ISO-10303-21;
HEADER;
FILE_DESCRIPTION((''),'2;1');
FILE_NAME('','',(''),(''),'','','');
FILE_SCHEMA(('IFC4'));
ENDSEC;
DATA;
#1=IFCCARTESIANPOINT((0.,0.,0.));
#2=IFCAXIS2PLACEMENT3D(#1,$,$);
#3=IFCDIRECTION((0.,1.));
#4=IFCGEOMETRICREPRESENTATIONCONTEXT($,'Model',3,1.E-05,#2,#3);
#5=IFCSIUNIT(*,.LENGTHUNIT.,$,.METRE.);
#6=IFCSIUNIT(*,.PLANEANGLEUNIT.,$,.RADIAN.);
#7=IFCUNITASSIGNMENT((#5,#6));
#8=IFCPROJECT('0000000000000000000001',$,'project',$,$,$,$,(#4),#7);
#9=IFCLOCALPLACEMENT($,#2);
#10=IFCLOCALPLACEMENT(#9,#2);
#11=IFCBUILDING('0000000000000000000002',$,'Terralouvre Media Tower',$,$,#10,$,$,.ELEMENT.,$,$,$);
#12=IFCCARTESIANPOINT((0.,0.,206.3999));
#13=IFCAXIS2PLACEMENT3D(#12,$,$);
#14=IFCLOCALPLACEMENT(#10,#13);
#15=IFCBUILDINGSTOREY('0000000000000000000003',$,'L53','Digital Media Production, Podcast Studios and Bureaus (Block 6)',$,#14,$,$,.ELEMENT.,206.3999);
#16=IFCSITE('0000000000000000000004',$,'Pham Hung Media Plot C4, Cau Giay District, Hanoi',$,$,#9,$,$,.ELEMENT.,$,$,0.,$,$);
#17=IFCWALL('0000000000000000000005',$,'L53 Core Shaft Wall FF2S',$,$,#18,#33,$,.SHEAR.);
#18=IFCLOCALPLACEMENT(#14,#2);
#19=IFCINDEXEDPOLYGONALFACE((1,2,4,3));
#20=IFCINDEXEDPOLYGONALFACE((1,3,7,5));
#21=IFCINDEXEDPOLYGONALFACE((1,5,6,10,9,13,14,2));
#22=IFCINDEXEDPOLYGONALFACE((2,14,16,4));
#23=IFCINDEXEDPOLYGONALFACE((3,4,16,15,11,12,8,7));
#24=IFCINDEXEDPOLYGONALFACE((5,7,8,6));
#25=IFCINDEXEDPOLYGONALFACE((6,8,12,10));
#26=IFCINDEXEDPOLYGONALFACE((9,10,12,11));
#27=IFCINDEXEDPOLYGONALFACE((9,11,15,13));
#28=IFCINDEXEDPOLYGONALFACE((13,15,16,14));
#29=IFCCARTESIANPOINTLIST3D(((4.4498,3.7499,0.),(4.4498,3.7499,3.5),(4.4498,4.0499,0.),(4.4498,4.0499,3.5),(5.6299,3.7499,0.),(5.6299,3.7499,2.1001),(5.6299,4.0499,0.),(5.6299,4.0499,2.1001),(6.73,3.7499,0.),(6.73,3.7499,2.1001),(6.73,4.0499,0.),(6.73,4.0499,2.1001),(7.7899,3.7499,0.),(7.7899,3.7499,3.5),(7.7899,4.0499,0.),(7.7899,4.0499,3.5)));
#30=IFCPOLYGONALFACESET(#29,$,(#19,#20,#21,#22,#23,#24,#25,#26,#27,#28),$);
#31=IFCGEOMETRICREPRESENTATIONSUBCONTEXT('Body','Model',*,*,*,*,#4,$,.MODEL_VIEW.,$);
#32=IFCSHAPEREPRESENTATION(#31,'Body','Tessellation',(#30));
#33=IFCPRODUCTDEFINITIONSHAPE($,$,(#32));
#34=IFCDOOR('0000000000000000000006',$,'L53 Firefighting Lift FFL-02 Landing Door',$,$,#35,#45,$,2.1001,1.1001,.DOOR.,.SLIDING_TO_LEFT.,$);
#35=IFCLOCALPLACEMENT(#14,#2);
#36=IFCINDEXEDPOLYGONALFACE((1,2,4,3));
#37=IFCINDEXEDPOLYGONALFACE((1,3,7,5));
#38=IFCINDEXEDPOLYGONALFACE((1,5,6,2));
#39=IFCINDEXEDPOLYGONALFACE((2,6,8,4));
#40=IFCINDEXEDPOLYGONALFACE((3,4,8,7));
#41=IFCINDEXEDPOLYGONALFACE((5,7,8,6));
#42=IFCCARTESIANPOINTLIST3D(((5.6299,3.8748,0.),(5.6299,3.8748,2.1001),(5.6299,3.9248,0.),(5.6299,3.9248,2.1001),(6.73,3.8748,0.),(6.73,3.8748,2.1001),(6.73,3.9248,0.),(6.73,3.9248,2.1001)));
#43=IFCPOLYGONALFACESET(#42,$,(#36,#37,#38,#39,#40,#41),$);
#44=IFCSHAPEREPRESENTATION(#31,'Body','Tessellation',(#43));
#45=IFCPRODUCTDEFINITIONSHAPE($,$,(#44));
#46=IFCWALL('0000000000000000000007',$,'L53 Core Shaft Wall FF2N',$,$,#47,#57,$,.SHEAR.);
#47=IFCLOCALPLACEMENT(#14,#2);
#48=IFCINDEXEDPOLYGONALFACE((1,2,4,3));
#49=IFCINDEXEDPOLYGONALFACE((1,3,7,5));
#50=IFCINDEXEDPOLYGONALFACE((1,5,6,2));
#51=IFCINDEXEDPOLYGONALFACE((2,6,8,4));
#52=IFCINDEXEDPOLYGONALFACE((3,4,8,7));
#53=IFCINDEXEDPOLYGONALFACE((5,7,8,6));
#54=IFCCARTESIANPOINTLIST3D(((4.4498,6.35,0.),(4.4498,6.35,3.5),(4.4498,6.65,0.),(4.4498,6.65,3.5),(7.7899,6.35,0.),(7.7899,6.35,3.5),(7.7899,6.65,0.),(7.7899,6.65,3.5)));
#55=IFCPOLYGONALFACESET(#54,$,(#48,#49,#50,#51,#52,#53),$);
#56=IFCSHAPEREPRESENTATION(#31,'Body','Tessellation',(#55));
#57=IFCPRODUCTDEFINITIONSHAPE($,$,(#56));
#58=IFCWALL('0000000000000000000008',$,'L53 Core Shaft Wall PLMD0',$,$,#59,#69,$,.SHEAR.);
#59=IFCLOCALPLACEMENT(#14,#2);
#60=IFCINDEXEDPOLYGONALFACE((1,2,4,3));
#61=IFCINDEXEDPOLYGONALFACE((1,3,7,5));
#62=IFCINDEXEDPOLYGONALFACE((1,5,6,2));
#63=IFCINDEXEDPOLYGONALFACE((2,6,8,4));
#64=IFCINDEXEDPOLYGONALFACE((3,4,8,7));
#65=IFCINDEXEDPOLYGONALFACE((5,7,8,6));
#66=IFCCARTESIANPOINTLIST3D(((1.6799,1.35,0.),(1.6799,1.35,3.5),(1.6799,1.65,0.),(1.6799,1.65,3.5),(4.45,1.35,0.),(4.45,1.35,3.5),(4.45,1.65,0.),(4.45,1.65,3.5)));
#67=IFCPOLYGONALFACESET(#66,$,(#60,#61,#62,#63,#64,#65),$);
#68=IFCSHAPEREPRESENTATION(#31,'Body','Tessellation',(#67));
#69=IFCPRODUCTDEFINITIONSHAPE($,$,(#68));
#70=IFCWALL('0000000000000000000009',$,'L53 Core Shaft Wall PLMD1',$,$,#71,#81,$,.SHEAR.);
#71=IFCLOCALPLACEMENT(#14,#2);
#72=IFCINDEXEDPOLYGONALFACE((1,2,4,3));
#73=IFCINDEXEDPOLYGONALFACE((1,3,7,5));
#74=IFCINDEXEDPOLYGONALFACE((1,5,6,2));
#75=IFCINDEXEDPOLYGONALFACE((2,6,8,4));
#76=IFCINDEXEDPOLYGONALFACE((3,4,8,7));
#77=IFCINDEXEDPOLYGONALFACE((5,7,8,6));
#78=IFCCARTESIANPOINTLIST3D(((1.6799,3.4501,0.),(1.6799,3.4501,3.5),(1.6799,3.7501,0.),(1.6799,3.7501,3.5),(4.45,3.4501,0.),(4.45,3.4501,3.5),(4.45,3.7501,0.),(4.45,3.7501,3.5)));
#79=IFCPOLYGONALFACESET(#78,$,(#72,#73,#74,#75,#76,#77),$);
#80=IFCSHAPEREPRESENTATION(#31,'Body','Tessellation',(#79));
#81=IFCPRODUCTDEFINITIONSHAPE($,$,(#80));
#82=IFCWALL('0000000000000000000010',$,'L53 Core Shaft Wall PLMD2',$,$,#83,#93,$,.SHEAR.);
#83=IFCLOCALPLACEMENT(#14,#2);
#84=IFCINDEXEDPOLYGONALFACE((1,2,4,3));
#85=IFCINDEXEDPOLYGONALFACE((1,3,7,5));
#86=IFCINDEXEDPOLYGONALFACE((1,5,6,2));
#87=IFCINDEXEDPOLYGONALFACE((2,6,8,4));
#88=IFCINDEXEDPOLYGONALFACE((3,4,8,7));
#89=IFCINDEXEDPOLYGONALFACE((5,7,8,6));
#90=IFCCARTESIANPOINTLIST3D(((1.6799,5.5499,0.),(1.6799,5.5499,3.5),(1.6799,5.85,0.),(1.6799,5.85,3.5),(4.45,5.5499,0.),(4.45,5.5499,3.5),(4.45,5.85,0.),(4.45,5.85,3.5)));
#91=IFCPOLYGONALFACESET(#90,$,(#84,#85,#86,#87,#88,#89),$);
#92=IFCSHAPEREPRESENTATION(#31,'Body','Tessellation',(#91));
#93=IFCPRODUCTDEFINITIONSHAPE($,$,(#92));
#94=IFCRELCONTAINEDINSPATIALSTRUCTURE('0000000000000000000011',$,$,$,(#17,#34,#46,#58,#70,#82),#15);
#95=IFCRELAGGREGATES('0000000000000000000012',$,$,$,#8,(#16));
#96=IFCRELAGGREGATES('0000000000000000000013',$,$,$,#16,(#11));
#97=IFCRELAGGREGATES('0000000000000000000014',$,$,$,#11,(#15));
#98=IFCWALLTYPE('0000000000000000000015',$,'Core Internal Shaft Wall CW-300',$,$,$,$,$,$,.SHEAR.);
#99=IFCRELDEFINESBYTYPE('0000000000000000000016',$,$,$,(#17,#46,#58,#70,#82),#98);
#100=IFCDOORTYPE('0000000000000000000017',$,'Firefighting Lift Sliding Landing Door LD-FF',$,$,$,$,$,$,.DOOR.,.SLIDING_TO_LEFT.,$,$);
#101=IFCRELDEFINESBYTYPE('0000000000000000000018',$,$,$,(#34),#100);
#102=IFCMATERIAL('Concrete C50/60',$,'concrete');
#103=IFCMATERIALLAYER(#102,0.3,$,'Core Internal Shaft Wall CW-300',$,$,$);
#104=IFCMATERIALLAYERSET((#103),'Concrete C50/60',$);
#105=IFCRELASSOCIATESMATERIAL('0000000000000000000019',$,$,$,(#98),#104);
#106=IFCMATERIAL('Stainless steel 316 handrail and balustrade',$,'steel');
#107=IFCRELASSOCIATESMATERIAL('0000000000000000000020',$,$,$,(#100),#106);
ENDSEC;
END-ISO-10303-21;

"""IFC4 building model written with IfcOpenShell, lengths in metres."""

from ifc_helpers import new_model, si_unit, direction, frame, frame_2d, origin, place, context, subcontext, project, spatial, rectangle, extrude, material, layer, layer_set, type_object, element, fill, save


model = new_model("IFC4")

# Units and contexts
model_context = context("Model", 3, precision=1e-05, world=origin(), true_north=direction((0.0, 1.0)))
body_context = subcontext(model_context, "Body", "Model", "MODEL_VIEW")
ifc_project = project(units=[si_unit("LENGTHUNIT", "METRE"), si_unit("PLANEANGLEUNIT", "RADIAN")], contexts=[model_context])

# Site, building, storey
site_placement = place(None, origin())
site = spatial("IfcSite", under=ifc_project, at=site_placement, Name="Pham Hung Media Plot C4, Cau Giay District, Hanoi", CompositionType="ELEMENT", RefElevation=0.0)
building_placement = place(site_placement, origin())
building = spatial("IfcBuilding", under=site, at=building_placement, Name="Terralouvre Media Tower", CompositionType="ELEMENT")
storey_placement = place(building_placement, frame((0.0, 0.0, 206.3999)))
storey = spatial("IfcBuildingStorey", under=building, at=storey_placement, Name="L53", Description="Digital Media Production, Podcast Studios and Bureaus (Block 6)", CompositionType="ELEMENT", Elevation=206.3999)

# Wall, opening, door
ifc_material_1 = material(Name="Concrete C50/60", Category="concrete")
ifc_layer_1 = layer(ifc_material_1, 0.3, Name="Core Internal Shaft Wall CW-300")
ifc_layer_set_1 = layer_set([ifc_layer_1], Name="Concrete C50/60")
wall_type = type_object("IfcWallType", Name="Core Internal Shaft Wall CW-300", PredefinedType="SHEAR", material=ifc_layer_set_1)
wall_1_placement = place(storey_placement, frame((4.45, 3.8999, 0.0), z_axis=(0.0, 0.0, 1.0), x_axis=(1.0, 0.0, 0.0)))
wall_1 = element("IfcWall", 1, at=wall_1_placement, inside=storey, type_object=wall_type, Name="L53 Core Shaft Wall FF2S", PredefinedType="SHEAR", context=body_context, shape_type="SweptSolid", body=[
    extrude(rectangle(XDim=3.3401, YDim=0.3, at=frame_2d((1.6699, 0.0))), origin(), (0.0, 0.0, 1.0), 3.5),
])
opening_placement = place(wall_1_placement, frame((1.1799, 0.0, 0.0)))
opening = element("IfcOpeningElement", 2, at=opening_placement, cuts=wall_1, PredefinedType="OPENING", context=body_context, shape_type="SweptSolid", body=[
    extrude(rectangle(XDim=1.1001, YDim=2.1001, at=frame_2d((0.55, 1.05))), frame((0.0, 0.1599, 0.0), z_axis=(0.0, -1.0, 0.0), x_axis=(1.0, 0.0, 0.0)), (0.0, 0.0, 1.0), 0.3201),
])
ifc_material_2 = material(Name="Stainless steel 316 handrail and balustrade", Category="steel")
door_type = type_object("IfcDoorType", Name="Firefighting Lift Sliding Landing Door LD-FF", OperationType="SLIDING_TO_LEFT", PredefinedType="DOOR", material=ifc_material_2)
door_placement = place(opening_placement, origin())
door = element("IfcDoor", 3, at=door_placement, inside=storey, type_object=door_type, Name="L53 Firefighting Lift FFL-02 Landing Door", OperationType="SLIDING_TO_LEFT", OverallHeight=2.1001, OverallWidth=1.1001, PredefinedType="DOOR", context=body_context, shape_type="SweptSolid", body=[
    extrude(rectangle(XDim=1.1001, YDim=2.1001, at=frame_2d((0.55, 1.05))), frame((0.0, 0.0249, 0.0), z_axis=(0.0, -1.0, 0.0), x_axis=(1.0, 0.0, 0.0)), (0.0, 0.0, 1.0), 0.05),
])
fill(opening, door)

# Walls
wall_2_placement = place(storey_placement, frame((4.45, 6.5, 0.0), z_axis=(0.0, 0.0, 1.0), x_axis=(1.0, 0.0, 0.0)))
element("IfcWall", 4, at=wall_2_placement, inside=storey, type_object=wall_type, Name="L53 Core Shaft Wall FF2N", PredefinedType="SHEAR", context=body_context, shape_type="SweptSolid", body=[
    extrude(rectangle(XDim=3.3401, YDim=0.3, at=frame_2d((1.6699, 0.0))), origin(), (0.0, 0.0, 1.0), 3.5),
])
for number, where, z_axis, x_axis, name in (
    (5, (1.6799, 1.5, 0.0), (0.0, 0.0, 1.0), (1.0, 0.0, 0.0), "L53 Core Shaft Wall PLMD0"),
    (6, (1.6799, 3.6001, 0.0), (0.0, 0.0, 1.0), (1.0, 0.0, 0.0), "L53 Core Shaft Wall PLMD1"),
    (7, (1.6799, 5.7, 0.0), (0.0, 0.0, 1.0), (1.0, 0.0, 0.0), "L53 Core Shaft Wall PLMD2"),
):
    element("IfcWall", number, at=place(storey_placement, frame(where, z_axis=z_axis, x_axis=x_axis)), inside=storey, type_object=wall_type, Name=name, PredefinedType="SHEAR", context=body_context, shape_type="SweptSolid", body=[
        extrude(rectangle(XDim=2.77, YDim=0.3, at=frame_2d((1.385, 0.0))), origin(), (0.0, 0.0, 1.0), 3.5),
    ])

save(model, "model.ifc")
